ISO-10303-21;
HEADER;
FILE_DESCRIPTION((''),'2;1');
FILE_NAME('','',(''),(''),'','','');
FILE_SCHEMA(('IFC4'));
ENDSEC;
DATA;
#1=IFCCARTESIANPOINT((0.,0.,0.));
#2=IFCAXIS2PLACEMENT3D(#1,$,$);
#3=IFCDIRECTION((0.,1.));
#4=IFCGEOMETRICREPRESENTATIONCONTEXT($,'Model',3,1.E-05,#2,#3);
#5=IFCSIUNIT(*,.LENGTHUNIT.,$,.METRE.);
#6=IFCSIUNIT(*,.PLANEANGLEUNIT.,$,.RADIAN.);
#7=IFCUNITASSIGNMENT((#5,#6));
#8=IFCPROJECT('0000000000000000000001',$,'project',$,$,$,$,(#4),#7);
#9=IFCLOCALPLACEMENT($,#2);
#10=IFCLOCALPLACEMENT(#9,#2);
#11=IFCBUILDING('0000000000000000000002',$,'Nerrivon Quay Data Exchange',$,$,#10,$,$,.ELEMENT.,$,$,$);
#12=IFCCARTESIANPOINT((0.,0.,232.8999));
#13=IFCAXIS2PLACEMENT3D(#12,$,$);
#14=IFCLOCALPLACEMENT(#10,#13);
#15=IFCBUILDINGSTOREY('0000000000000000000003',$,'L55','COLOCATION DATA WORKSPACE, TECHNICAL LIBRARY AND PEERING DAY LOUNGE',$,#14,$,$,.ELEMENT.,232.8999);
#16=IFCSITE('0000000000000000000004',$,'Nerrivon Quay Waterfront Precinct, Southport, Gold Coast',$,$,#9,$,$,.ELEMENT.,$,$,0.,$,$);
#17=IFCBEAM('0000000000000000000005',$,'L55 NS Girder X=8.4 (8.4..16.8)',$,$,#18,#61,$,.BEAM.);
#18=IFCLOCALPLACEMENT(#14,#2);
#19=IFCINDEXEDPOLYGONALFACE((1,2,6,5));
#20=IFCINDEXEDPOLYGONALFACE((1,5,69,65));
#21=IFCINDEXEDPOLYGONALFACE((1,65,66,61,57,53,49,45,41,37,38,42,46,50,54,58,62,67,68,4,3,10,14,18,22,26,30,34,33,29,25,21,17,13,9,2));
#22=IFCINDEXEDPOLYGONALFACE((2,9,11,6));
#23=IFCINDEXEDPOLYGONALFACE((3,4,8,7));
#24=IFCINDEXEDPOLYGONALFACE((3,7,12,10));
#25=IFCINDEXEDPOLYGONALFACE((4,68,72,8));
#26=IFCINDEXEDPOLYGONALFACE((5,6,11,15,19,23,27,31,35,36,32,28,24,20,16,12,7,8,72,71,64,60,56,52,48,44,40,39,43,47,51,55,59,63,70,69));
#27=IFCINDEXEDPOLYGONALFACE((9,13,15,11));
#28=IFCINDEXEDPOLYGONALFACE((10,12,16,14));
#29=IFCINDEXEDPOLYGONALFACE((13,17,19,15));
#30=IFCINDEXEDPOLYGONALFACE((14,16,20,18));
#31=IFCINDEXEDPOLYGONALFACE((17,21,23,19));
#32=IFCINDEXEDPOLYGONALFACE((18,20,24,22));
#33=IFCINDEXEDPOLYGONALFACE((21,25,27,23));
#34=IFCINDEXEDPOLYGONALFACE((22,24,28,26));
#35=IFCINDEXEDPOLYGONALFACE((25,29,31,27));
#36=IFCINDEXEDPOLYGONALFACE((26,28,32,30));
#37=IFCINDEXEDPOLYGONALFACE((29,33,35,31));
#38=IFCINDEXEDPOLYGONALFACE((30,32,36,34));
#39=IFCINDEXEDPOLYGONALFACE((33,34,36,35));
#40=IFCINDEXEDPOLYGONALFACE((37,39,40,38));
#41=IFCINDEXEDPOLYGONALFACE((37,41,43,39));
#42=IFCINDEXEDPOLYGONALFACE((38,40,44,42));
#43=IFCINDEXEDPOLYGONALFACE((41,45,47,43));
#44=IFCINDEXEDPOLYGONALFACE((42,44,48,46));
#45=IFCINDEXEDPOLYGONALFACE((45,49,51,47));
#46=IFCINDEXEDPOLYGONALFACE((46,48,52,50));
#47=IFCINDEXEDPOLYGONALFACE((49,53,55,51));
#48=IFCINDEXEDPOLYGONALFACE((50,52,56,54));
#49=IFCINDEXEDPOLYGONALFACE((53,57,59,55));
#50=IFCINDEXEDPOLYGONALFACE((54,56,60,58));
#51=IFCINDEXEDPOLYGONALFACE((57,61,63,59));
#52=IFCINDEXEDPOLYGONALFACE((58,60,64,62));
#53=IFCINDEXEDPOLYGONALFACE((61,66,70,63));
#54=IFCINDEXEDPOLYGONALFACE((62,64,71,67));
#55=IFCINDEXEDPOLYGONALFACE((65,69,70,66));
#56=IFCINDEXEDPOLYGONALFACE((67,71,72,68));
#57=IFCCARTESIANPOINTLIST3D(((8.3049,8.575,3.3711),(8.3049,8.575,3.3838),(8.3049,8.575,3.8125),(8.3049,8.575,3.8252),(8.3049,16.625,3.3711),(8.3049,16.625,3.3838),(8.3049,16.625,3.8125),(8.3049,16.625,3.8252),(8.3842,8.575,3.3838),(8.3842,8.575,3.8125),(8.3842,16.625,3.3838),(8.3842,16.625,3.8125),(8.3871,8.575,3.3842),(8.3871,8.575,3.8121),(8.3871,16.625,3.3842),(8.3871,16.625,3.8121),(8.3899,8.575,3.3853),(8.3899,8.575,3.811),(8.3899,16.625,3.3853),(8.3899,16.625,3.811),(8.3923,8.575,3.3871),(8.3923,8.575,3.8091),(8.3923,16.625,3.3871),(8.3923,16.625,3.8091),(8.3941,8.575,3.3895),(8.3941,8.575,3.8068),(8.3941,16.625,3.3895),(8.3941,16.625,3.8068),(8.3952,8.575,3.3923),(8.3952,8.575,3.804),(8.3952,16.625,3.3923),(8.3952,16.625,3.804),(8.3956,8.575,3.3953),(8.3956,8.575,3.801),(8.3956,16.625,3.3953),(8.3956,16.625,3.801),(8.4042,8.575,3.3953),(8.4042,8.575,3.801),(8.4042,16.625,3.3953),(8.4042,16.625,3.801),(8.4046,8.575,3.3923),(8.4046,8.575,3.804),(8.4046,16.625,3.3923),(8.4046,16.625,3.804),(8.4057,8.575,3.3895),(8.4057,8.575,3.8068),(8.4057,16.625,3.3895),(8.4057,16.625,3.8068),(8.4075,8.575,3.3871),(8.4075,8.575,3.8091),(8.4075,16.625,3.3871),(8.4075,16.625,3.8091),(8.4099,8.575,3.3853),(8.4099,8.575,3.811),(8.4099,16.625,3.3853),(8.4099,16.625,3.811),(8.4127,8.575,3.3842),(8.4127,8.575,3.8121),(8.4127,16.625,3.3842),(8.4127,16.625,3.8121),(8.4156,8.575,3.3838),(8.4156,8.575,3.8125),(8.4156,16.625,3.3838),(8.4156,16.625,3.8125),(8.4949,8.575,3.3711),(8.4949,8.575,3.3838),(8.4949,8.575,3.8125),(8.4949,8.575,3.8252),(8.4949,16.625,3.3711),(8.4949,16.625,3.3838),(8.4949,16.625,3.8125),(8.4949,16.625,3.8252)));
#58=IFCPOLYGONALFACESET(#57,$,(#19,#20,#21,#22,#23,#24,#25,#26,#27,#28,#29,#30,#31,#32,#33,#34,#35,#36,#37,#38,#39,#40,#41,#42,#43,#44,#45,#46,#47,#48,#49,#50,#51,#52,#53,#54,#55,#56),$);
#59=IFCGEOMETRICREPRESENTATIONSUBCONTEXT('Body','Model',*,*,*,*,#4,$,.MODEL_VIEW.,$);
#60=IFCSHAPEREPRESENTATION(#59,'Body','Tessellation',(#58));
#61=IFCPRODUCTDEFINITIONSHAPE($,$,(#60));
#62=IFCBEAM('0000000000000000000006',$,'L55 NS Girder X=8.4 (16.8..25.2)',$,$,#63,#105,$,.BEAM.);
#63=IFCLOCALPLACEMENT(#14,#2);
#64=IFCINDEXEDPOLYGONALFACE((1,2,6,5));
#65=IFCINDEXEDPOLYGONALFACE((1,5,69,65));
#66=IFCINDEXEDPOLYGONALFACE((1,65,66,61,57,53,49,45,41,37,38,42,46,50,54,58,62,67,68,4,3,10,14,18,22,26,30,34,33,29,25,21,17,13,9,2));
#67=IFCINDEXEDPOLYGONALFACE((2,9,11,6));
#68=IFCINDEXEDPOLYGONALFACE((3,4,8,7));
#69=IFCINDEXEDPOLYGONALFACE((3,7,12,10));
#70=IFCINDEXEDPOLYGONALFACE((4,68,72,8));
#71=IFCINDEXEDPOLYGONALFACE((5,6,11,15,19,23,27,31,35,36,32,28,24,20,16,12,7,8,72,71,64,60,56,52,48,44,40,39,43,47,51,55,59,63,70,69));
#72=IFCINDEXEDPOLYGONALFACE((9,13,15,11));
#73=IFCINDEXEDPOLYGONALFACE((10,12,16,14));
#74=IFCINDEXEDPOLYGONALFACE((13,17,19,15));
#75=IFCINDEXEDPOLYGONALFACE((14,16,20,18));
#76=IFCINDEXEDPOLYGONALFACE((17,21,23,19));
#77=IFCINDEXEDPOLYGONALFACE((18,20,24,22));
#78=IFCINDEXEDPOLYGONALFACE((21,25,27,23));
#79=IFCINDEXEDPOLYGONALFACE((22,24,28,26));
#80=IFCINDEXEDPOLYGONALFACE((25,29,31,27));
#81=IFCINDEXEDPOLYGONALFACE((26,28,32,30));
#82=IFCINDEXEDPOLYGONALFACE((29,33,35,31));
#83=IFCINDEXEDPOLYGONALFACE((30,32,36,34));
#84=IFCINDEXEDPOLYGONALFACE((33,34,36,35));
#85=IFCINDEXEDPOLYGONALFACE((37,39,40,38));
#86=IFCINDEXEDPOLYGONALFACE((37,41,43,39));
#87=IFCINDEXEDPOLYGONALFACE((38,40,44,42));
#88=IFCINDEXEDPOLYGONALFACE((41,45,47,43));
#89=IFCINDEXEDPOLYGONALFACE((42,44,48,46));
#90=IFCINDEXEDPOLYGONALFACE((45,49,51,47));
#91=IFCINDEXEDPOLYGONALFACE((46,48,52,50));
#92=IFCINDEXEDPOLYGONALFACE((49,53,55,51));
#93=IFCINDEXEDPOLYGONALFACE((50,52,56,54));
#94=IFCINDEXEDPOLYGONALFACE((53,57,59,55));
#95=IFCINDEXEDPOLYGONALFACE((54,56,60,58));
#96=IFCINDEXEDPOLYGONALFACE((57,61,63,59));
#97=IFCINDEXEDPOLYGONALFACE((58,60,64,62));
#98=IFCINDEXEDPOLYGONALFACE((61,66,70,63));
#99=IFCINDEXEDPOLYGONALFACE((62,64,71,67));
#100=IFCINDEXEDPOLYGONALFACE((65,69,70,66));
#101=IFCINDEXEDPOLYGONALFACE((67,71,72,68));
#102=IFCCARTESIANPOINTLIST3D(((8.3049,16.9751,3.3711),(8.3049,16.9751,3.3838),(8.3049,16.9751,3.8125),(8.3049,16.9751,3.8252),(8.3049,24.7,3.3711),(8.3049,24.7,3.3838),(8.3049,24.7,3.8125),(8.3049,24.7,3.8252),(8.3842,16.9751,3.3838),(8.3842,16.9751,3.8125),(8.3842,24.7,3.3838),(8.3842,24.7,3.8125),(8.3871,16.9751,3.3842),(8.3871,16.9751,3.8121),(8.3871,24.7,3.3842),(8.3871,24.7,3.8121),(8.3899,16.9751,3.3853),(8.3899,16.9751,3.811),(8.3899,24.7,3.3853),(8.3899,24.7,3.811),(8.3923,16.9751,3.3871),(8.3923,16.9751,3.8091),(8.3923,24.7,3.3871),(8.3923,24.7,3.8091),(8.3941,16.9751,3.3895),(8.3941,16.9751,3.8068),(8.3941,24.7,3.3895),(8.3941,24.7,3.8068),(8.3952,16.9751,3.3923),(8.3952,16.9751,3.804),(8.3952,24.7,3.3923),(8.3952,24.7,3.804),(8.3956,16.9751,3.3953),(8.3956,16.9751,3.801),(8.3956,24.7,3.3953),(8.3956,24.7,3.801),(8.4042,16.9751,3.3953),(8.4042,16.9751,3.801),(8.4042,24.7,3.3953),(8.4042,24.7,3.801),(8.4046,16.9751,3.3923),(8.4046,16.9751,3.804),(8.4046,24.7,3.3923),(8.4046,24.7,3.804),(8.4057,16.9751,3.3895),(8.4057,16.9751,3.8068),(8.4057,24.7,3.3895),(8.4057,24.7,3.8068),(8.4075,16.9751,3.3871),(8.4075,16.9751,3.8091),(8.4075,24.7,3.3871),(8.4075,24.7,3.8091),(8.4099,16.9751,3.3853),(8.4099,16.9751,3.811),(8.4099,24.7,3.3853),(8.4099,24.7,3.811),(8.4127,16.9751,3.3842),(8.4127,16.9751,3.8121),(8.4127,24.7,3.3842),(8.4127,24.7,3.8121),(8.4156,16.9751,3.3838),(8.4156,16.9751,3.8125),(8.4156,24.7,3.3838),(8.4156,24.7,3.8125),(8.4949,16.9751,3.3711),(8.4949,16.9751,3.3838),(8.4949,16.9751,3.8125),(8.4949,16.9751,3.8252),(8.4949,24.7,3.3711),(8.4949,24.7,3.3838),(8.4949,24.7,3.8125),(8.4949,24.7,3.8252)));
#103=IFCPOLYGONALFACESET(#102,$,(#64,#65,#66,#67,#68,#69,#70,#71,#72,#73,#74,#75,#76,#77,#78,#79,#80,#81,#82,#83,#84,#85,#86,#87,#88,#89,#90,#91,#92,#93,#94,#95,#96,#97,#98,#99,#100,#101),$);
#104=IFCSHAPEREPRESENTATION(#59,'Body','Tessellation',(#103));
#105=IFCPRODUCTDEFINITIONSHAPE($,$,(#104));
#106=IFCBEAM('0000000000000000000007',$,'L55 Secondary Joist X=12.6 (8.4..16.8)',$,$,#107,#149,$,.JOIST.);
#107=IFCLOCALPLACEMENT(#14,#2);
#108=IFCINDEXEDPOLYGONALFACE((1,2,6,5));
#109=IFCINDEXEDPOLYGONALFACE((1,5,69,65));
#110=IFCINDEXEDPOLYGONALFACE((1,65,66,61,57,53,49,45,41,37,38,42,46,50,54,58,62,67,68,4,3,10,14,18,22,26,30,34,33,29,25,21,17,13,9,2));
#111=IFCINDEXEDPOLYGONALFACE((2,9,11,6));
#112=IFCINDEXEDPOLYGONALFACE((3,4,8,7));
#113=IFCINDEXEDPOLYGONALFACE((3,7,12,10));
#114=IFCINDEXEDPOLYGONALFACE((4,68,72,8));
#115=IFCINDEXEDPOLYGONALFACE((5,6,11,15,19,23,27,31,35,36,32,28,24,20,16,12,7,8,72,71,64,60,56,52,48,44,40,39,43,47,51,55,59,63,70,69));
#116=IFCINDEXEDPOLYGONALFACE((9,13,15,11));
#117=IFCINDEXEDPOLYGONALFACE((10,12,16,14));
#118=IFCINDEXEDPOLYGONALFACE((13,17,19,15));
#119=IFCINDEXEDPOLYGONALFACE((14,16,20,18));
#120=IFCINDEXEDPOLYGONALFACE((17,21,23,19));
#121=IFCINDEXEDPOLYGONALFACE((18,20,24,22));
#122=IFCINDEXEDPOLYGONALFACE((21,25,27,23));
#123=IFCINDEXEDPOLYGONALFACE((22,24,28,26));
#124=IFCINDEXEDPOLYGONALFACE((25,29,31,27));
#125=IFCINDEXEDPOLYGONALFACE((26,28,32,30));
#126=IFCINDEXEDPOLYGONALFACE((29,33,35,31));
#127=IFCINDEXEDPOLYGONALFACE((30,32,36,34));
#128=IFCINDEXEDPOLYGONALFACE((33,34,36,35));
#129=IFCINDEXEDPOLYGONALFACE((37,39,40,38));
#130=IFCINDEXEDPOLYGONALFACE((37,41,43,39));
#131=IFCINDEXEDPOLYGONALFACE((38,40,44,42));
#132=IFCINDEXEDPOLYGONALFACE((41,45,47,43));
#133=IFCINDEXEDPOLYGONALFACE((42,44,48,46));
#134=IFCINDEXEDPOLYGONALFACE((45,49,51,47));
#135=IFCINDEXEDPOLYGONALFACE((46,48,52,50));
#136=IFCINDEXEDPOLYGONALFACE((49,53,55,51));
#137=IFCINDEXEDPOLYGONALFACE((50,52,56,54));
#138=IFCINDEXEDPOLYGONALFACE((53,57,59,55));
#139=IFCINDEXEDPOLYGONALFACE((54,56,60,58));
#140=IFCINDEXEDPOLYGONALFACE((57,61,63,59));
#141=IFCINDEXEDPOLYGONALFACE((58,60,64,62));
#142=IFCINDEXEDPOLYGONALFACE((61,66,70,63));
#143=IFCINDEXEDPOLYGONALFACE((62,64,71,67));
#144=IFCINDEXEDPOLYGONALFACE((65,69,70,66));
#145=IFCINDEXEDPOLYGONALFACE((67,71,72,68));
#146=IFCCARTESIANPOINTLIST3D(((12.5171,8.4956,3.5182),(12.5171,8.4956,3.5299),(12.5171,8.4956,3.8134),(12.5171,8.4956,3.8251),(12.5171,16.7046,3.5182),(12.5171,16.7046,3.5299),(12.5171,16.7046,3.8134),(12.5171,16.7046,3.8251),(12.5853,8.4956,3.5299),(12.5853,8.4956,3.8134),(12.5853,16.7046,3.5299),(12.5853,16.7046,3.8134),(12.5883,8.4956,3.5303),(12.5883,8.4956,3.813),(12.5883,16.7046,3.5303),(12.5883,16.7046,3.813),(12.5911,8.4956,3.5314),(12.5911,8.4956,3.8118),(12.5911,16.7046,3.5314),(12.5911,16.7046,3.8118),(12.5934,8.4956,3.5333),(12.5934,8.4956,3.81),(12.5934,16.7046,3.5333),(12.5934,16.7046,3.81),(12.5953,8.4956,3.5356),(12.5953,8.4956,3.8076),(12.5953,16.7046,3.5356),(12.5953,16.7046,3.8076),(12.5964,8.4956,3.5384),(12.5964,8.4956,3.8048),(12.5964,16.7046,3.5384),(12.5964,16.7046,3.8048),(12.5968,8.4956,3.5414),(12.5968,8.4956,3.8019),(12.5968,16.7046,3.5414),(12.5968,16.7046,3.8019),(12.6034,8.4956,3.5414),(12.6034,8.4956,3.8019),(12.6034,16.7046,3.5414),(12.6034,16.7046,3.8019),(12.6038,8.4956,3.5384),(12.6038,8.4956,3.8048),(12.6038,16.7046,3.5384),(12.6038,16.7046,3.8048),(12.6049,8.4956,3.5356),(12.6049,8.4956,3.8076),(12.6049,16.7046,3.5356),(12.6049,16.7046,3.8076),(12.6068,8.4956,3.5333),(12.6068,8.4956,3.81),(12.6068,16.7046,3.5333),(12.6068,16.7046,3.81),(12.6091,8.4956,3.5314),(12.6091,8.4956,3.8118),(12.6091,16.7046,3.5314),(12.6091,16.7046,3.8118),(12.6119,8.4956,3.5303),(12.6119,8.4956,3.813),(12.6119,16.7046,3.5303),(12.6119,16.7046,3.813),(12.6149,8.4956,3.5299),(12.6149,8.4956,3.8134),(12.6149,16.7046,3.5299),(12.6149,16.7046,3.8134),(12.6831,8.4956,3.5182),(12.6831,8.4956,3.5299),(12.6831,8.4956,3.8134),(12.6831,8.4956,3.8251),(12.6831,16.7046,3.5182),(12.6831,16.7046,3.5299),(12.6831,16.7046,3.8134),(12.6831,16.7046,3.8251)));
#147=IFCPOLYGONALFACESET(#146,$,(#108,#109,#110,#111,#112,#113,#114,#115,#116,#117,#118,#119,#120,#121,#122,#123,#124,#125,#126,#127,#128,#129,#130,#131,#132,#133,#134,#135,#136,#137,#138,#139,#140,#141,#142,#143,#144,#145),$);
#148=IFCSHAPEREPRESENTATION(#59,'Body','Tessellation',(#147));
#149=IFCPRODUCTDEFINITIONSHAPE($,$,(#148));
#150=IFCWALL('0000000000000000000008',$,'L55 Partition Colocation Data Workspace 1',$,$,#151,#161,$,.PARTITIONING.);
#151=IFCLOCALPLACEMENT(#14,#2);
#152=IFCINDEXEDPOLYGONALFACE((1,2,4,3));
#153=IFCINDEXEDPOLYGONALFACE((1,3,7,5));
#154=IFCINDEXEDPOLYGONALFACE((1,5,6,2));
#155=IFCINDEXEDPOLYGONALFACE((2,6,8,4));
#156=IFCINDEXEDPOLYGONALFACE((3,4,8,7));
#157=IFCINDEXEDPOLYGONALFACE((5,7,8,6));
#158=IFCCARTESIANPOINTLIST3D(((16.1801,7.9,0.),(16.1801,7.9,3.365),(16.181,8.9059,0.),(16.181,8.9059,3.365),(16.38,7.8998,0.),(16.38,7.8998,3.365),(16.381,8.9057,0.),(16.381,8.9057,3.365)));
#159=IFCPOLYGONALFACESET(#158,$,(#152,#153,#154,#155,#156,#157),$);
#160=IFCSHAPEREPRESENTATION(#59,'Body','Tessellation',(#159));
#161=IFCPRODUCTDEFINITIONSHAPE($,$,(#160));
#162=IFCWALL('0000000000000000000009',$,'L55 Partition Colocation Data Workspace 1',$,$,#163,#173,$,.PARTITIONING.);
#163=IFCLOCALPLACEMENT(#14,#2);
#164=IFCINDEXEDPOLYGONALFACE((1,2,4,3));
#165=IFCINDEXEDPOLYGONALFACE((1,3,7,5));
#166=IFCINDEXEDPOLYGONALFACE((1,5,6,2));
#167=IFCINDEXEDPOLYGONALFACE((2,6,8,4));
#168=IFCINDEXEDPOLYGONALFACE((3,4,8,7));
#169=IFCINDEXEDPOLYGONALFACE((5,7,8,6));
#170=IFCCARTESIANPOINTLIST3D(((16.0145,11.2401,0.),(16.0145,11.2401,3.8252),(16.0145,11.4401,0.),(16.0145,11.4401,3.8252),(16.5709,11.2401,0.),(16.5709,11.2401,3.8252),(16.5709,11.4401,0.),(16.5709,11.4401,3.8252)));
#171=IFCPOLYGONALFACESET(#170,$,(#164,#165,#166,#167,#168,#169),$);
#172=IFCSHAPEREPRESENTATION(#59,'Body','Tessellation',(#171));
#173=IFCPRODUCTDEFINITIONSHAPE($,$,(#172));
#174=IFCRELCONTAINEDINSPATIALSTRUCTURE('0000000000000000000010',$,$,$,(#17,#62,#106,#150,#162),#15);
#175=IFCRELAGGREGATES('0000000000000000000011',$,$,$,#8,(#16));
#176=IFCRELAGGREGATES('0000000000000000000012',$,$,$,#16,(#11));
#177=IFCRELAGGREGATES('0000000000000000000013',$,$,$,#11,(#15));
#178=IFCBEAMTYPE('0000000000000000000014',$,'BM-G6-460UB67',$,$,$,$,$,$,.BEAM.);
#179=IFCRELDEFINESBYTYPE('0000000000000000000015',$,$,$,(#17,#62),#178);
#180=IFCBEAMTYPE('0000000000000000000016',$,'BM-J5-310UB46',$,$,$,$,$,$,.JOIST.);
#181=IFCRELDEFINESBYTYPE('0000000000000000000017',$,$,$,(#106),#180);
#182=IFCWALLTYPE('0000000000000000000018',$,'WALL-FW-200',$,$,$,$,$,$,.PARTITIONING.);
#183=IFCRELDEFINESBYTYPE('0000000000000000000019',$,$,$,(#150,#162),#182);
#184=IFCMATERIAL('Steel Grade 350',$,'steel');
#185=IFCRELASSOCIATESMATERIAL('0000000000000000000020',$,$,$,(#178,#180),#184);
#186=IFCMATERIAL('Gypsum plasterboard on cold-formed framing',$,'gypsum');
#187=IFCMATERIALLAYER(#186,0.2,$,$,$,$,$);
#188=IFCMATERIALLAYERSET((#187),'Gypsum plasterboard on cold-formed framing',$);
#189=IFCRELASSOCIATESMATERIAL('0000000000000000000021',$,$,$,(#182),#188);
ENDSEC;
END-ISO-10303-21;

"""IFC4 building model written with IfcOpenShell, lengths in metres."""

from ifc_helpers import new_model, si_unit, direction, frame, frame_2d, origin, origin_2d, place, context, subcontext, project, spatial, rectangle, i_section, extrude, material, layer, layer_set, material_profile, profile_set, type_object, element, save


model = new_model("IFC4")

# Units and contexts
model_context = context("Model", 3, precision=1e-05, world=origin(), true_north=direction((0.0, 1.0)))
body_context = subcontext(model_context, "Body", "Model", "MODEL_VIEW")
ifc_project = project(units=[si_unit("LENGTHUNIT", "METRE"), si_unit("PLANEANGLEUNIT", "RADIAN")], contexts=[model_context])

# Site, building, storey
site_placement = place(None, origin())
site = spatial("IfcSite", under=ifc_project, at=site_placement, Name="Nerrivon Quay Waterfront Precinct, Southport, Gold Coast", CompositionType="ELEMENT", RefElevation=0.0)
building_placement = place(site_placement, origin())
building = spatial("IfcBuilding", under=site, at=building_placement, Name="Nerrivon Quay Data Exchange", CompositionType="ELEMENT")
storey_placement = place(building_placement, frame((0.0, 0.0, 232.8999)))
storey = spatial("IfcBuildingStorey", under=building, at=storey_placement, Name="L55", Description="COLOCATION DATA WORKSPACE, TECHNICAL LIBRARY AND PEERING DAY LOUNGE", CompositionType="ELEMENT", Elevation=232.8999)

# Shared definitions
ifc_material_1 = material(Name="Steel Grade 350", Category="steel")

# Beams
ifc_material_profile_1 = material_profile(ifc_material_1, i_section(OverallWidth=0.1899, OverallDepth=0.4541, WebThickness=0.0085, FlangeThickness=0.0127, FilletRadius=0.0115, at=origin_2d()), Name="460UB67.1")
ifc_profile_set_1 = profile_set([ifc_material_profile_1], Name="Steel Grade 350")
beam_type_1 = type_object("IfcBeamType", Name="BM-G6-460UB67", PredefinedType="BEAM", material=ifc_profile_set_1)
beam_1_placement = place(storey_placement, frame((8.3999, 8.575, 3.5981), z_axis=(0.0, 1.0, 0.0), x_axis=(-1.0, 0.0, 0.0)))
element("IfcBeam", 1, at=beam_1_placement, inside=storey, type_object=beam_type_1, Name="L55 NS Girder X=8.4 (8.4..16.8)", PredefinedType="BEAM", context=body_context, shape_type="SweptSolid", body=[
    extrude(i_section(OverallWidth=0.1899, OverallDepth=0.4541, WebThickness=0.0085, FlangeThickness=0.0127, FilletRadius=0.0115, at=origin_2d()), origin(), (0.0, 0.0, 1.0), 8.05),
])
beam_2_placement = place(storey_placement, frame((8.3999, 16.9751, 3.5981), z_axis=(0.0, 1.0, 0.0), x_axis=(-1.0, 0.0, 0.0)))
element("IfcBeam", 2, at=beam_2_placement, inside=storey, type_object=beam_type_1, Name="L55 NS Girder X=8.4 (16.8..25.2)", PredefinedType="BEAM", context=body_context, shape_type="SweptSolid", body=[
    extrude(i_section(OverallWidth=0.1899, OverallDepth=0.4541, WebThickness=0.0085, FlangeThickness=0.0127, FilletRadius=0.0115, at=origin_2d()), origin(), (0.0, 0.0, 1.0), 7.7249),
])
ifc_material_profile_2 = material_profile(ifc_material_1, i_section(OverallWidth=0.166, OverallDepth=0.3069, WebThickness=0.0066, FlangeThickness=0.0117, FilletRadius=0.0115, at=origin_2d()), Name="310UB46.2")
ifc_profile_set_2 = profile_set([ifc_material_profile_2], Name="Steel Grade 350")
beam_type_2 = type_object("IfcBeamType", Name="BM-J5-310UB46", PredefinedType="JOIST", material=ifc_profile_set_2)
beam_3_placement = place(storey_placement, frame((12.6001, 8.4956, 3.6716), z_axis=(0.0, 1.0, 0.0), x_axis=(-1.0, 0.0, 0.0)))
element("IfcBeam", 3, at=beam_3_placement, inside=storey, type_object=beam_type_2, Name="L55 Secondary Joist X=12.6 (8.4..16.8)", PredefinedType="JOIST", context=body_context, shape_type="SweptSolid", body=[
    extrude(i_section(OverallWidth=0.166, OverallDepth=0.3069, WebThickness=0.0066, FlangeThickness=0.0117, FilletRadius=0.0115, at=origin_2d()), origin(), (0.0, 0.0, 1.0), 8.209),
])

# Walls
ifc_material_2 = material(Name="Gypsum plasterboard on cold-formed framing", Category="gypsum")
ifc_layer_1 = layer(ifc_material_2, 0.2)
ifc_layer_set_1 = layer_set([ifc_layer_1], Name="Gypsum plasterboard on cold-formed framing")
wall_type_1 = type_object("IfcWallType", Name="WALL-FW-200", PredefinedType="PARTITIONING", material=ifc_layer_set_1)
wall_1_placement = place(storey_placement, frame((16.28, 7.8999, 0.0), z_axis=(0.0, 0.0, 1.0), x_axis=(0.000971, 1.0, 0.0)))
element("IfcWall", 4, at=wall_1_placement, inside=storey, type_object=wall_type_1, Name="L55 Partition Colocation Data Workspace 1", PredefinedType="PARTITIONING", context=body_context, shape_type="SweptSolid", body=[
    extrude(rectangle(XDim=1.0059, YDim=0.2, at=frame_2d((0.5029, 0.0))), origin(), (0.0, 0.0, 1.0), 3.365),
])
wall_2_placement = place(storey_placement, frame((16.571, 11.3401, 0.0), z_axis=(0.0, 0.0, 1.0), x_axis=(-1.0, 0.0, 0.0)))
element("IfcWall", 5, at=wall_2_placement, inside=storey, type_object=wall_type_1, Name="L55 Partition Colocation Data Workspace 1", PredefinedType="PARTITIONING", context=body_context, shape_type="SweptSolid", body=[
    extrude(rectangle(XDim=0.5564, YDim=0.2, at=frame_2d((0.2783, 0.0))), origin(), (0.0, 0.0, 1.0), 3.8252),
])

save(model, "model.ifc")
